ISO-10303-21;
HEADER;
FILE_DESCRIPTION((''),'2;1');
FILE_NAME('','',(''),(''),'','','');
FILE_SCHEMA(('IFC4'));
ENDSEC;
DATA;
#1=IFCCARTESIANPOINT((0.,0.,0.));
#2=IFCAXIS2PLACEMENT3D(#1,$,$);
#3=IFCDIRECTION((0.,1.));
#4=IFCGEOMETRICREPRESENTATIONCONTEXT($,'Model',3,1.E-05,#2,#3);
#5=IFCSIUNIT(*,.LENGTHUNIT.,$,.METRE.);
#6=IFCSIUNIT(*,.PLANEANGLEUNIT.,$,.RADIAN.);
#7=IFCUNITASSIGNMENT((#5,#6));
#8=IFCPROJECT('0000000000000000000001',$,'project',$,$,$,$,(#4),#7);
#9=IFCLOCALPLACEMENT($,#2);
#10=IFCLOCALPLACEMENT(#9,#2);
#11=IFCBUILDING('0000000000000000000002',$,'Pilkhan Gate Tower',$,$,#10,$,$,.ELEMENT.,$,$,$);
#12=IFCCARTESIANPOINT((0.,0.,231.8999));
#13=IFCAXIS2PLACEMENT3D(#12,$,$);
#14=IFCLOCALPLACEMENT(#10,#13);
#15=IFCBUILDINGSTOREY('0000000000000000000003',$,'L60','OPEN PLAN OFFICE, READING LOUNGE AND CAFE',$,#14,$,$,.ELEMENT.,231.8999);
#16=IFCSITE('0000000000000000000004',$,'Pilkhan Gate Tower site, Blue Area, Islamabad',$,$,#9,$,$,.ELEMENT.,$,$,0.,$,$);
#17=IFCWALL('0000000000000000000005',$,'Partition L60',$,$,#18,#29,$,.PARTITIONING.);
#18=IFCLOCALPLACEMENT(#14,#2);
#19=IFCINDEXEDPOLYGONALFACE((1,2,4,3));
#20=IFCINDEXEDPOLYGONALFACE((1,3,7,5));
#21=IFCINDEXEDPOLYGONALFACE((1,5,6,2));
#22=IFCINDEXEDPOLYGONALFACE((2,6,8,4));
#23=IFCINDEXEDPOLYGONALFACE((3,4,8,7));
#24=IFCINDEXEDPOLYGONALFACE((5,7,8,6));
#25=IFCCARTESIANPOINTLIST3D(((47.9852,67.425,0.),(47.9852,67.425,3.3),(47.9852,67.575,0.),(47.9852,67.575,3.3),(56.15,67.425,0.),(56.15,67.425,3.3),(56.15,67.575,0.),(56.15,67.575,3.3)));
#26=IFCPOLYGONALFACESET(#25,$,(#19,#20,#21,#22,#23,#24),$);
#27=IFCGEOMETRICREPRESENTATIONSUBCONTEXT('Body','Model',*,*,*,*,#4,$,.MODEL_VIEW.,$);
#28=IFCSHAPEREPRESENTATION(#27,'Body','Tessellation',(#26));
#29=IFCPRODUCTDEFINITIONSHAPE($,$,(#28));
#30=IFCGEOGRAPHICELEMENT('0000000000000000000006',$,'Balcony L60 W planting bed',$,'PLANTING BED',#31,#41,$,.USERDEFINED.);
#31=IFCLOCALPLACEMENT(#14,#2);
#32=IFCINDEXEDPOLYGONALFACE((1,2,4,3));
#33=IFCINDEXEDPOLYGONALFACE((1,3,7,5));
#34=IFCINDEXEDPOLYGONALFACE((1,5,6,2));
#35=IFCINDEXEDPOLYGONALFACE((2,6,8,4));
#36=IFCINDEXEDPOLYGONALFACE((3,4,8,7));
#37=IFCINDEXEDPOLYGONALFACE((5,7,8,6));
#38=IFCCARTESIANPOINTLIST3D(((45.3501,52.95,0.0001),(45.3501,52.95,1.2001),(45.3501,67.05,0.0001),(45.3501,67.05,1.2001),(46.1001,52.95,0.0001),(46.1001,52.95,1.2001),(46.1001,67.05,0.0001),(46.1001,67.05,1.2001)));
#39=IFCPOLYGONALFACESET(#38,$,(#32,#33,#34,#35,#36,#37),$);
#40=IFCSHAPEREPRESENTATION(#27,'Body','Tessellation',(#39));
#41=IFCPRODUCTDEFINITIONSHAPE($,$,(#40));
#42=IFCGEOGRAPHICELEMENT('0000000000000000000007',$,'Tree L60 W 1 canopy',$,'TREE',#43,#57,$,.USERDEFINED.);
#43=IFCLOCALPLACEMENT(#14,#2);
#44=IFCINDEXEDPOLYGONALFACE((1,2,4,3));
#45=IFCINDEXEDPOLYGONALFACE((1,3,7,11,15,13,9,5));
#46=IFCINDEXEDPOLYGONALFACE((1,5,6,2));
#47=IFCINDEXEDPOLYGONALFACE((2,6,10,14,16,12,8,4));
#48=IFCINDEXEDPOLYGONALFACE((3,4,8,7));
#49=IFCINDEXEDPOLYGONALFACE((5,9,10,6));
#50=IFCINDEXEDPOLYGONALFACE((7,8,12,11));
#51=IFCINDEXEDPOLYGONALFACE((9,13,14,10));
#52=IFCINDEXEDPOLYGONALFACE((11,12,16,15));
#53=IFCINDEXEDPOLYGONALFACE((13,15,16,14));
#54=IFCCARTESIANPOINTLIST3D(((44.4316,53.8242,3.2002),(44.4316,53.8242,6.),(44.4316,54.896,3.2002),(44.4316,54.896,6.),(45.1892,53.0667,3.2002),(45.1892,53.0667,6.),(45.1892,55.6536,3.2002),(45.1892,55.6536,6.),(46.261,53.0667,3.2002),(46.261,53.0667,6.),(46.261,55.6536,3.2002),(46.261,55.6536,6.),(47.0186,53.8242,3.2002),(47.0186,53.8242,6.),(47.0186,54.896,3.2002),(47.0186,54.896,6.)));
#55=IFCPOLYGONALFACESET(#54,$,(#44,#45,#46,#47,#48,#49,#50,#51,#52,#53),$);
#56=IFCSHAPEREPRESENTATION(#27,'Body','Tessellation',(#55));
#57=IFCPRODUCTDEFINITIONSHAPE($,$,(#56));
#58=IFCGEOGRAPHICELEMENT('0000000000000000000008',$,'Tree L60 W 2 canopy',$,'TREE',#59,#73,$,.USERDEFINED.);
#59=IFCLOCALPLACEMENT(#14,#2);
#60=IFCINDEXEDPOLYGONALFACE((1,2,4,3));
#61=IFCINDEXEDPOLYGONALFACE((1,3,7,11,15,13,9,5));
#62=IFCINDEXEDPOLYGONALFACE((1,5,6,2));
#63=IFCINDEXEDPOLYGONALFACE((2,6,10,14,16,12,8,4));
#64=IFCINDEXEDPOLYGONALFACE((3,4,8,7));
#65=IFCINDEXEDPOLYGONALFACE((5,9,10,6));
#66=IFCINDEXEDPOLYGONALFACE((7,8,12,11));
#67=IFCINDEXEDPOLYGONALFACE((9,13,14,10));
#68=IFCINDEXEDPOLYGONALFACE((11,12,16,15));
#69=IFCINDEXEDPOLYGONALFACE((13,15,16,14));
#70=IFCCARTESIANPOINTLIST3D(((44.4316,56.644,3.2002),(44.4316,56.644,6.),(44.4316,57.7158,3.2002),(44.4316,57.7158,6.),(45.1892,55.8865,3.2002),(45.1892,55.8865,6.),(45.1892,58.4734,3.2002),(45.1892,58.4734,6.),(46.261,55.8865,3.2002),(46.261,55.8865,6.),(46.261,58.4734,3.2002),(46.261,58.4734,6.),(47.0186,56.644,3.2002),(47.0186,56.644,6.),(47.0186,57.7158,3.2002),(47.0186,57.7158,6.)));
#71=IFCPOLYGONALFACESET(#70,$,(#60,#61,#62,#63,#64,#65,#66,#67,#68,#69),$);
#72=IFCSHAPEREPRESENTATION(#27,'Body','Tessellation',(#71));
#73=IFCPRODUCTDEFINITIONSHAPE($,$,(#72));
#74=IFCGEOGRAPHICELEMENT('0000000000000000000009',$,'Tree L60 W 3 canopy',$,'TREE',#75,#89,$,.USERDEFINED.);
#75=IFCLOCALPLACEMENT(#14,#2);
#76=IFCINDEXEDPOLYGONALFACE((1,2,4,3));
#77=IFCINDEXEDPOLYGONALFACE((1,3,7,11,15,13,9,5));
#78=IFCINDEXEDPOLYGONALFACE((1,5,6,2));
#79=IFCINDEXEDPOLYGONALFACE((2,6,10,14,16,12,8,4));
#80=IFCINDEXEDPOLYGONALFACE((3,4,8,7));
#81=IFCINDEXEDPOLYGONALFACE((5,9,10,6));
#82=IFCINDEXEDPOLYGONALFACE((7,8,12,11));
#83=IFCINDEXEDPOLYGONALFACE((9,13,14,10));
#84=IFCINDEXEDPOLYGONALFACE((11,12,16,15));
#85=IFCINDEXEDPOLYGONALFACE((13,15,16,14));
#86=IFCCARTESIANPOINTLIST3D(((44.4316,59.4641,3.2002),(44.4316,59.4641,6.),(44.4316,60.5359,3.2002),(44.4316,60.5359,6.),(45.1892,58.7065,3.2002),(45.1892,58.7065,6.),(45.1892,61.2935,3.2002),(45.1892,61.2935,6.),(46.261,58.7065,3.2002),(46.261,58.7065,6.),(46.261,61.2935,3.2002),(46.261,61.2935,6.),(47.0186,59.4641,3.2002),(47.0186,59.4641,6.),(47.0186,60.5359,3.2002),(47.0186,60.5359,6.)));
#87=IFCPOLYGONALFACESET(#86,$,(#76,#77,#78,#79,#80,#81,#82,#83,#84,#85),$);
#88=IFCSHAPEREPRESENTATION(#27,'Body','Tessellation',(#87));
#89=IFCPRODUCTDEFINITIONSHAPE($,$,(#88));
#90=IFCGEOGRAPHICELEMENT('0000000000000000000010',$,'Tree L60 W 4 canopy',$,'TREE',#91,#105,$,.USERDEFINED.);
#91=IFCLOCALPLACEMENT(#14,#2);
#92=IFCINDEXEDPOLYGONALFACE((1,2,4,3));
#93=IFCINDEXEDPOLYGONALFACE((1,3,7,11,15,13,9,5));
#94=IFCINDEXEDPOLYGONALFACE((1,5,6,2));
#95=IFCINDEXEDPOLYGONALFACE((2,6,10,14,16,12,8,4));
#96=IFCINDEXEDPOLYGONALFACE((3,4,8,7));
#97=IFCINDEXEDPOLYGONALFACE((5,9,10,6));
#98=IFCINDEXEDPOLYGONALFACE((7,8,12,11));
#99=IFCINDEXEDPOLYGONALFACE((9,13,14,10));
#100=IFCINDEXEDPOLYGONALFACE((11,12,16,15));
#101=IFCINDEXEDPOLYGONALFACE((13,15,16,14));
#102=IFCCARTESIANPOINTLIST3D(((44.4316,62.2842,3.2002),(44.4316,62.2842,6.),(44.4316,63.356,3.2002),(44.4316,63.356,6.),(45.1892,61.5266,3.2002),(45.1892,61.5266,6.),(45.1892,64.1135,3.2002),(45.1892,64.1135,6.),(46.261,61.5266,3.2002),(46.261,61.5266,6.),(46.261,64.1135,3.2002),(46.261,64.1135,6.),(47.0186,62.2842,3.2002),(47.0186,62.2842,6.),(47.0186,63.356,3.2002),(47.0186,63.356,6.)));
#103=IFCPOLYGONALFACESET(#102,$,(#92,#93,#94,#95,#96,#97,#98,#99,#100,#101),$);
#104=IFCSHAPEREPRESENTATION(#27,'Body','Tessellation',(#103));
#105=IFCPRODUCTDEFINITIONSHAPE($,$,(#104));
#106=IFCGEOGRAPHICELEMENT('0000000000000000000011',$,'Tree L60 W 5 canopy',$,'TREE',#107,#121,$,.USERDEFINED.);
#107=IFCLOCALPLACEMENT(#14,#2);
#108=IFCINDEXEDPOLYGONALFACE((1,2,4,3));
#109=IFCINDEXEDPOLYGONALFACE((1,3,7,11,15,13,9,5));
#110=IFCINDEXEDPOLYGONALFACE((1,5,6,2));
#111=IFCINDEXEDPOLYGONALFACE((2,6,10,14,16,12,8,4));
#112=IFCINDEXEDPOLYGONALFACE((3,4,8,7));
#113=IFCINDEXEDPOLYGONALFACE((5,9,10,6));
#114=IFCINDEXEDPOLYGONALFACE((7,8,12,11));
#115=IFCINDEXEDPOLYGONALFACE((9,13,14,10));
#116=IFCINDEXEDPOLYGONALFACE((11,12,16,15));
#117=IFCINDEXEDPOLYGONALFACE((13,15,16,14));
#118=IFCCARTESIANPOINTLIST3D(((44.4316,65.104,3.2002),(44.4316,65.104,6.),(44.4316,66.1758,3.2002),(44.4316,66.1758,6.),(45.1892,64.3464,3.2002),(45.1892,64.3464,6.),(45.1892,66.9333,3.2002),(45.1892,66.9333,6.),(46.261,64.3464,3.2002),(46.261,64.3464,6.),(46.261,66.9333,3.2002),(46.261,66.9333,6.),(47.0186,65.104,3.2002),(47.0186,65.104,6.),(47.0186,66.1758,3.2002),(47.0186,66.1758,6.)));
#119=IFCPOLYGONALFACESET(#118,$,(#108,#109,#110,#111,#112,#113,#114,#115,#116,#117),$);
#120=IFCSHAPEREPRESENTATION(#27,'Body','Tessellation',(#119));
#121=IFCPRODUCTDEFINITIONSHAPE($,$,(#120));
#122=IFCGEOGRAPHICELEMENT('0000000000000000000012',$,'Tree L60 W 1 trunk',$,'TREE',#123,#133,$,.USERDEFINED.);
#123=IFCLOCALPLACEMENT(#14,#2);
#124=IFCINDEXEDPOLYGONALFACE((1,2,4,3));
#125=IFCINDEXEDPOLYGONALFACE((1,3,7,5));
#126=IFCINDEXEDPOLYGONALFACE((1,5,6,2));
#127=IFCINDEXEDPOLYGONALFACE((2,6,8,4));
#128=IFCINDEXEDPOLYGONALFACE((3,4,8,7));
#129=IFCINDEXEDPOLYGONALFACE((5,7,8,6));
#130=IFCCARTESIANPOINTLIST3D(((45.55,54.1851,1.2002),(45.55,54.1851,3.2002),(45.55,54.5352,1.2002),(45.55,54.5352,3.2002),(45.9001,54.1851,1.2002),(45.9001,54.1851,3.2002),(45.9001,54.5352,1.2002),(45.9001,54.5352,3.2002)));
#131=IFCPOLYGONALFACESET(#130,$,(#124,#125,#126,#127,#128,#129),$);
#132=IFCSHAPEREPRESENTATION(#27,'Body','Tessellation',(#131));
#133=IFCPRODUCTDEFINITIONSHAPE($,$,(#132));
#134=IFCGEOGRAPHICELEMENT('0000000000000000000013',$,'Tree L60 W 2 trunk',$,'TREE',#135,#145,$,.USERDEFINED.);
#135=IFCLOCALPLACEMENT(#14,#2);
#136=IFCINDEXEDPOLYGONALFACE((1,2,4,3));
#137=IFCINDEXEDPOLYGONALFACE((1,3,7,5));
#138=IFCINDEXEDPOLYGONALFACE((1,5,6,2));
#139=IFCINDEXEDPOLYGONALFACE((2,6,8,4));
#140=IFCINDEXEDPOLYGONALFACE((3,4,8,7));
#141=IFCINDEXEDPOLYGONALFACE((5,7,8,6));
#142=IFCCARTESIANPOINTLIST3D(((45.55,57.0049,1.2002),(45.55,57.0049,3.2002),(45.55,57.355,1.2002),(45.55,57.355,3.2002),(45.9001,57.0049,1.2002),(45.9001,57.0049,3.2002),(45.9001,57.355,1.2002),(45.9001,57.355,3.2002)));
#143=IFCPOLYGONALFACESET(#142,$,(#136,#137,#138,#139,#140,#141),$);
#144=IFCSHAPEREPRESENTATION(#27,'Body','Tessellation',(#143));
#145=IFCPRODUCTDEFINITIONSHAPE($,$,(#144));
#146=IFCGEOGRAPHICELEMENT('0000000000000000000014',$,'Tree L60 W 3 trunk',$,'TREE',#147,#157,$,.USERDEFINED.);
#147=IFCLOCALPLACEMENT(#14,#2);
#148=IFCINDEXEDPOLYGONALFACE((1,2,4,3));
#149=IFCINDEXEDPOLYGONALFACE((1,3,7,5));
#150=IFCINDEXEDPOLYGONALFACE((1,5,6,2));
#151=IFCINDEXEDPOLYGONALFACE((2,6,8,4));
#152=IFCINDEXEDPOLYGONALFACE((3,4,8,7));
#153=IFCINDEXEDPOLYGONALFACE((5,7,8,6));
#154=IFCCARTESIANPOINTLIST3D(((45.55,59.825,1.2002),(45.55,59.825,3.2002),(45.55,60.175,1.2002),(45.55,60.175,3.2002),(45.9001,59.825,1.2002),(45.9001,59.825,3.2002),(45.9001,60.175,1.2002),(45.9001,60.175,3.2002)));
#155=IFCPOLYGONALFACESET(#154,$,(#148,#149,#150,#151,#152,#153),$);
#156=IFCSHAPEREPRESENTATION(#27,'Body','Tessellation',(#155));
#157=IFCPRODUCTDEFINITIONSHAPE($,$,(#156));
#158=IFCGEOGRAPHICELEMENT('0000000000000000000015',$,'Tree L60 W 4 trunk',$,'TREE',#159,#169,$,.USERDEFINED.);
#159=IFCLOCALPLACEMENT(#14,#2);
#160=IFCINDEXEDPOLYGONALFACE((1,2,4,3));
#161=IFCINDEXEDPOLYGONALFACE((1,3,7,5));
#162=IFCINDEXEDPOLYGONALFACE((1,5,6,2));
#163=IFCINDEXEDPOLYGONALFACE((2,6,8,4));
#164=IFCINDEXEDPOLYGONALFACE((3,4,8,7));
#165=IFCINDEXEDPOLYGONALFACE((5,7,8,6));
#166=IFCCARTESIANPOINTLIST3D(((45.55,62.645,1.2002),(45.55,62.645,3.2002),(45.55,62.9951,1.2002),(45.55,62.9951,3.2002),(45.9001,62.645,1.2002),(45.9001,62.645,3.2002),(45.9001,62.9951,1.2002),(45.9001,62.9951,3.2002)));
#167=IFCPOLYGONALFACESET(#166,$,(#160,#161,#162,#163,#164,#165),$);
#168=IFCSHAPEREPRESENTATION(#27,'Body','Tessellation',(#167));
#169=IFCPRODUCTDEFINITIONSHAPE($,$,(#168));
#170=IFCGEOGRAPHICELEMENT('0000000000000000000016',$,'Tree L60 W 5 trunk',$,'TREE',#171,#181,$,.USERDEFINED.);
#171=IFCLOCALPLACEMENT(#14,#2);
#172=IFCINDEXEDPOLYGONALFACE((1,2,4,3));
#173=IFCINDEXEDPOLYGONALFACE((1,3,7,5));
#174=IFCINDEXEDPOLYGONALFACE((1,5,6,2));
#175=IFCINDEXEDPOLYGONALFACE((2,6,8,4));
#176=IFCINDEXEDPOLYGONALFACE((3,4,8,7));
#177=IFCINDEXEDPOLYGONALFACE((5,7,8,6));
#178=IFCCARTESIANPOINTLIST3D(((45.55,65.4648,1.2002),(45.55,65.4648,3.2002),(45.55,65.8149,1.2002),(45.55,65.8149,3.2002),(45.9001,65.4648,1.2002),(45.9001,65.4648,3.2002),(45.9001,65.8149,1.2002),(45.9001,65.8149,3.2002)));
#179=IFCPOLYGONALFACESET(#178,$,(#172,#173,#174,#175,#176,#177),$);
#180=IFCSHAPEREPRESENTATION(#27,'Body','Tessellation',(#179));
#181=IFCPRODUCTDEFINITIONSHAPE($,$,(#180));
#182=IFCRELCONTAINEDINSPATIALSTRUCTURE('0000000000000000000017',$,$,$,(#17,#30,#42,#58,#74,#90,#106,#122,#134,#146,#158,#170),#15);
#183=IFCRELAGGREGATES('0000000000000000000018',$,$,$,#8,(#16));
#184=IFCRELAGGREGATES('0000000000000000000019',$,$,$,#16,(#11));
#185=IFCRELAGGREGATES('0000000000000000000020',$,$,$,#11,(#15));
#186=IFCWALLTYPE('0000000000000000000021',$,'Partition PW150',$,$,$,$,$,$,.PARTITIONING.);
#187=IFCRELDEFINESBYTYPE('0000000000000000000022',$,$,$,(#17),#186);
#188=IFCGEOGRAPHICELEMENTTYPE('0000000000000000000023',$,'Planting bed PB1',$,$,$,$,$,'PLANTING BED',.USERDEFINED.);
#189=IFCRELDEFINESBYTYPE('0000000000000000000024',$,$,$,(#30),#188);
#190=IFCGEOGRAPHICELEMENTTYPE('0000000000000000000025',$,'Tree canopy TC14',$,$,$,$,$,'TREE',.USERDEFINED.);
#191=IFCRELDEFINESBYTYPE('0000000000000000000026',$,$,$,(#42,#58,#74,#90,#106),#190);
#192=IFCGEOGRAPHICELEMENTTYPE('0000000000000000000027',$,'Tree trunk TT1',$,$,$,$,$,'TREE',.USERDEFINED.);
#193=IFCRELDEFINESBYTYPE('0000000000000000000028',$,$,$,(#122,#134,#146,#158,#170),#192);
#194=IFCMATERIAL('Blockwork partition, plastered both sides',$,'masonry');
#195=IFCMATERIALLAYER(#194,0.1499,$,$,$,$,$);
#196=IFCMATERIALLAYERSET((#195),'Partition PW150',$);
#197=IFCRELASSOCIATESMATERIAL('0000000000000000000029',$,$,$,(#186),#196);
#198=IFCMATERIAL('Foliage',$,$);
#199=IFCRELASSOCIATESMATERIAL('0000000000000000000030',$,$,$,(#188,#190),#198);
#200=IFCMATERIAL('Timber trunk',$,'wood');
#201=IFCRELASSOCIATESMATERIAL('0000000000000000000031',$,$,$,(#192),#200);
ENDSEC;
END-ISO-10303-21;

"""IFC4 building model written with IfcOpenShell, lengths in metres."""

from ifc_helpers import new_model, si_unit, direction, frame, frame_2d, origin, origin_2d, place, context, subcontext, project, spatial, polyline, rectangle, outline, extrude, material, layer, layer_set, material_profile, profile_set, type_object, element, save


model = new_model("IFC4")

# Units and contexts
model_context = context("Model", 3, precision=1e-05, world=origin(), true_north=direction((0.0, 1.0)))
body_context = subcontext(model_context, "Body", "Model", "MODEL_VIEW")
ifc_project = project(units=[si_unit("LENGTHUNIT", "METRE"), si_unit("PLANEANGLEUNIT", "RADIAN")], contexts=[model_context])

# Site, building, storey
site_placement = place(None, origin())
site = spatial("IfcSite", under=ifc_project, at=site_placement, Name="Pilkhan Gate Tower site, Blue Area, Islamabad", CompositionType="ELEMENT", RefElevation=0.0)
building_placement = place(site_placement, origin())
building = spatial("IfcBuilding", under=site, at=building_placement, Name="Pilkhan Gate Tower", CompositionType="ELEMENT")
storey_placement = place(building_placement, frame((0.0, 0.0, 231.8999)))
storey = spatial("IfcBuildingStorey", under=building, at=storey_placement, Name="L60", Description="OPEN PLAN OFFICE, READING LOUNGE AND CAFE", CompositionType="ELEMENT", Elevation=231.8999)

# Wall
ifc_material_1 = material(Name="Blockwork partition, plastered both sides", Category="masonry")
ifc_layer_1 = layer(ifc_material_1, 0.1499)
ifc_layer_set_1 = layer_set([ifc_layer_1], Name="Partition PW150")
wall_type_1 = type_object("IfcWallType", Name="Partition PW150", PredefinedType="PARTITIONING", material=ifc_layer_set_1)
wall_1_placement = place(storey_placement, frame((47.9851, 67.5, 0.0), z_axis=(0.0, 0.0, 1.0), x_axis=(1.0, 0.0, 0.0)))
element("IfcWall", 1, at=wall_1_placement, inside=storey, type_object=wall_type_1, Name="Partition L60", PredefinedType="PARTITIONING", context=body_context, shape_type="SweptSolid", body=[
    extrude(rectangle(XDim=8.1648, YDim=0.1499, at=frame_2d((4.0825, 0.0))), origin(), (0.0, 0.0, 1.0), 3.3),
])

# Geographic elements
ifc_material_2 = material(Name="Foliage")
ifc_material_profile_1 = material_profile(ifc_material_2, rectangle(XDim=0.75, YDim=1.2, at=origin_2d()), Name="Bed 750x1200")
ifc_profile_set_1 = profile_set([ifc_material_profile_1], Name="Foliage")
geographic_element_type_1 = type_object("IfcGeographicElementType", Name="Planting bed PB1", ElementType="PLANTING BED", PredefinedType="USERDEFINED", material=ifc_profile_set_1)
geographic_element_placement = place(storey_placement, frame((45.7251, 52.95, 0.6001), z_axis=(0.0, 1.0, 0.0), x_axis=(-1.0, 0.0, 0.0)))
element("IfcGeographicElement", 2, at=geographic_element_placement, inside=storey, type_object=geographic_element_type_1, Name="Balcony L60 W planting bed", ObjectType="PLANTING BED", PredefinedType="USERDEFINED", context=body_context, shape_type="SweptSolid", body=[
    extrude(rectangle(XDim=0.75, YDim=1.2, at=origin_2d()), origin(), (0.0, 0.0, 1.0), 14.1001),
])
ifc_material_profile_2 = material_profile(ifc_material_2, outline(polyline([(1.2935, 0.5359), (0.5359, 1.2935), (-0.5359, 1.2935), (-1.2935, 0.5359), (-1.2935, -0.5359), (-0.5359, -1.2935), (0.5359, -1.2935), (1.2935, -0.5359), (1.2935, 0.5359)])), Name="Canopy D2.8")
ifc_profile_set_2 = profile_set([ifc_material_profile_2], Name="Foliage")
geographic_element_type_2 = type_object("IfcGeographicElementType", Name="Tree canopy TC14", ElementType="TREE", PredefinedType="USERDEFINED", material=ifc_profile_set_2)
for number, where, z_axis, x_axis, name in (
    (3, (45.7251, 54.3601, 3.2002), (0.0, 0.0, 1.0), (1.0, 0.0, 0.0), "Tree L60 W 1 canopy"),
    (4, (45.7251, 57.1799, 3.2002), (0.0, 0.0, 1.0), (1.0, 0.0, 0.0), "Tree L60 W 2 canopy"),
    (5, (45.7251, 60.0, 3.2002), (0.0, 0.0, 1.0), (1.0, 0.0, 0.0), "Tree L60 W 3 canopy"),
    (6, (45.7251, 62.8201, 3.2002), (0.0, 0.0, 1.0), (1.0, 0.0, 0.0), "Tree L60 W 4 canopy"),
    (7, (45.7251, 65.6399, 3.2002), (0.0, 0.0, 1.0), (1.0, 0.0, 0.0), "Tree L60 W 5 canopy"),
):
    element("IfcGeographicElement", number, at=place(storey_placement, frame(where, z_axis=z_axis, x_axis=x_axis)), inside=storey, type_object=geographic_element_type_2, Name=name, ObjectType="TREE", PredefinedType="USERDEFINED", context=body_context, shape_type="SweptSolid", body=[
        extrude(outline(polyline([(1.2935, 0.5359), (0.5359, 1.2935), (-0.5359, 1.2935), (-1.2935, 0.5359), (-1.2935, -0.5359), (-0.5359, -1.2935), (0.5359, -1.2935), (1.2935, -0.5359), (1.2935, 0.5359)])), origin(), (0.0, 0.0, 1.0), 2.7998),
    ])
ifc_material_3 = material(Name="Timber trunk", Category="wood")
geographic_element_type_3 = type_object("IfcGeographicElementType", Name="Tree trunk TT1", ElementType="TREE", PredefinedType="USERDEFINED", material=ifc_material_3)
for number, where, z_axis, x_axis, name in (
    (8, (45.7251, 54.3601, 1.2002), (0.0, 0.0, 1.0), (1.0, 0.0, 0.0), "Tree L60 W 1 trunk"),
    (9, (45.7251, 57.1799, 1.2002), (0.0, 0.0, 1.0), (1.0, 0.0, 0.0), "Tree L60 W 2 trunk"),
    (10, (45.7251, 60.0, 1.2002), (0.0, 0.0, 1.0), (1.0, 0.0, 0.0), "Tree L60 W 3 trunk"),
    (11, (45.7251, 62.8201, 1.2002), (0.0, 0.0, 1.0), (1.0, 0.0, 0.0), "Tree L60 W 4 trunk"),
    (12, (45.7251, 65.6399, 1.2002), (0.0, 0.0, 1.0), (1.0, 0.0, 0.0), "Tree L60 W 5 trunk"),
):
    element("IfcGeographicElement", number, at=place(storey_placement, frame(where, z_axis=z_axis, x_axis=x_axis)), inside=storey, type_object=geographic_element_type_3, Name=name, ObjectType="TREE", PredefinedType="USERDEFINED", context=body_context, shape_type="SweptSolid", body=[
        extrude(rectangle(XDim=0.3501, YDim=0.3501, at=origin_2d()), origin(), (0.0, 0.0, 1.0), 2.0),
    ])

save(model, "model.ifc")
